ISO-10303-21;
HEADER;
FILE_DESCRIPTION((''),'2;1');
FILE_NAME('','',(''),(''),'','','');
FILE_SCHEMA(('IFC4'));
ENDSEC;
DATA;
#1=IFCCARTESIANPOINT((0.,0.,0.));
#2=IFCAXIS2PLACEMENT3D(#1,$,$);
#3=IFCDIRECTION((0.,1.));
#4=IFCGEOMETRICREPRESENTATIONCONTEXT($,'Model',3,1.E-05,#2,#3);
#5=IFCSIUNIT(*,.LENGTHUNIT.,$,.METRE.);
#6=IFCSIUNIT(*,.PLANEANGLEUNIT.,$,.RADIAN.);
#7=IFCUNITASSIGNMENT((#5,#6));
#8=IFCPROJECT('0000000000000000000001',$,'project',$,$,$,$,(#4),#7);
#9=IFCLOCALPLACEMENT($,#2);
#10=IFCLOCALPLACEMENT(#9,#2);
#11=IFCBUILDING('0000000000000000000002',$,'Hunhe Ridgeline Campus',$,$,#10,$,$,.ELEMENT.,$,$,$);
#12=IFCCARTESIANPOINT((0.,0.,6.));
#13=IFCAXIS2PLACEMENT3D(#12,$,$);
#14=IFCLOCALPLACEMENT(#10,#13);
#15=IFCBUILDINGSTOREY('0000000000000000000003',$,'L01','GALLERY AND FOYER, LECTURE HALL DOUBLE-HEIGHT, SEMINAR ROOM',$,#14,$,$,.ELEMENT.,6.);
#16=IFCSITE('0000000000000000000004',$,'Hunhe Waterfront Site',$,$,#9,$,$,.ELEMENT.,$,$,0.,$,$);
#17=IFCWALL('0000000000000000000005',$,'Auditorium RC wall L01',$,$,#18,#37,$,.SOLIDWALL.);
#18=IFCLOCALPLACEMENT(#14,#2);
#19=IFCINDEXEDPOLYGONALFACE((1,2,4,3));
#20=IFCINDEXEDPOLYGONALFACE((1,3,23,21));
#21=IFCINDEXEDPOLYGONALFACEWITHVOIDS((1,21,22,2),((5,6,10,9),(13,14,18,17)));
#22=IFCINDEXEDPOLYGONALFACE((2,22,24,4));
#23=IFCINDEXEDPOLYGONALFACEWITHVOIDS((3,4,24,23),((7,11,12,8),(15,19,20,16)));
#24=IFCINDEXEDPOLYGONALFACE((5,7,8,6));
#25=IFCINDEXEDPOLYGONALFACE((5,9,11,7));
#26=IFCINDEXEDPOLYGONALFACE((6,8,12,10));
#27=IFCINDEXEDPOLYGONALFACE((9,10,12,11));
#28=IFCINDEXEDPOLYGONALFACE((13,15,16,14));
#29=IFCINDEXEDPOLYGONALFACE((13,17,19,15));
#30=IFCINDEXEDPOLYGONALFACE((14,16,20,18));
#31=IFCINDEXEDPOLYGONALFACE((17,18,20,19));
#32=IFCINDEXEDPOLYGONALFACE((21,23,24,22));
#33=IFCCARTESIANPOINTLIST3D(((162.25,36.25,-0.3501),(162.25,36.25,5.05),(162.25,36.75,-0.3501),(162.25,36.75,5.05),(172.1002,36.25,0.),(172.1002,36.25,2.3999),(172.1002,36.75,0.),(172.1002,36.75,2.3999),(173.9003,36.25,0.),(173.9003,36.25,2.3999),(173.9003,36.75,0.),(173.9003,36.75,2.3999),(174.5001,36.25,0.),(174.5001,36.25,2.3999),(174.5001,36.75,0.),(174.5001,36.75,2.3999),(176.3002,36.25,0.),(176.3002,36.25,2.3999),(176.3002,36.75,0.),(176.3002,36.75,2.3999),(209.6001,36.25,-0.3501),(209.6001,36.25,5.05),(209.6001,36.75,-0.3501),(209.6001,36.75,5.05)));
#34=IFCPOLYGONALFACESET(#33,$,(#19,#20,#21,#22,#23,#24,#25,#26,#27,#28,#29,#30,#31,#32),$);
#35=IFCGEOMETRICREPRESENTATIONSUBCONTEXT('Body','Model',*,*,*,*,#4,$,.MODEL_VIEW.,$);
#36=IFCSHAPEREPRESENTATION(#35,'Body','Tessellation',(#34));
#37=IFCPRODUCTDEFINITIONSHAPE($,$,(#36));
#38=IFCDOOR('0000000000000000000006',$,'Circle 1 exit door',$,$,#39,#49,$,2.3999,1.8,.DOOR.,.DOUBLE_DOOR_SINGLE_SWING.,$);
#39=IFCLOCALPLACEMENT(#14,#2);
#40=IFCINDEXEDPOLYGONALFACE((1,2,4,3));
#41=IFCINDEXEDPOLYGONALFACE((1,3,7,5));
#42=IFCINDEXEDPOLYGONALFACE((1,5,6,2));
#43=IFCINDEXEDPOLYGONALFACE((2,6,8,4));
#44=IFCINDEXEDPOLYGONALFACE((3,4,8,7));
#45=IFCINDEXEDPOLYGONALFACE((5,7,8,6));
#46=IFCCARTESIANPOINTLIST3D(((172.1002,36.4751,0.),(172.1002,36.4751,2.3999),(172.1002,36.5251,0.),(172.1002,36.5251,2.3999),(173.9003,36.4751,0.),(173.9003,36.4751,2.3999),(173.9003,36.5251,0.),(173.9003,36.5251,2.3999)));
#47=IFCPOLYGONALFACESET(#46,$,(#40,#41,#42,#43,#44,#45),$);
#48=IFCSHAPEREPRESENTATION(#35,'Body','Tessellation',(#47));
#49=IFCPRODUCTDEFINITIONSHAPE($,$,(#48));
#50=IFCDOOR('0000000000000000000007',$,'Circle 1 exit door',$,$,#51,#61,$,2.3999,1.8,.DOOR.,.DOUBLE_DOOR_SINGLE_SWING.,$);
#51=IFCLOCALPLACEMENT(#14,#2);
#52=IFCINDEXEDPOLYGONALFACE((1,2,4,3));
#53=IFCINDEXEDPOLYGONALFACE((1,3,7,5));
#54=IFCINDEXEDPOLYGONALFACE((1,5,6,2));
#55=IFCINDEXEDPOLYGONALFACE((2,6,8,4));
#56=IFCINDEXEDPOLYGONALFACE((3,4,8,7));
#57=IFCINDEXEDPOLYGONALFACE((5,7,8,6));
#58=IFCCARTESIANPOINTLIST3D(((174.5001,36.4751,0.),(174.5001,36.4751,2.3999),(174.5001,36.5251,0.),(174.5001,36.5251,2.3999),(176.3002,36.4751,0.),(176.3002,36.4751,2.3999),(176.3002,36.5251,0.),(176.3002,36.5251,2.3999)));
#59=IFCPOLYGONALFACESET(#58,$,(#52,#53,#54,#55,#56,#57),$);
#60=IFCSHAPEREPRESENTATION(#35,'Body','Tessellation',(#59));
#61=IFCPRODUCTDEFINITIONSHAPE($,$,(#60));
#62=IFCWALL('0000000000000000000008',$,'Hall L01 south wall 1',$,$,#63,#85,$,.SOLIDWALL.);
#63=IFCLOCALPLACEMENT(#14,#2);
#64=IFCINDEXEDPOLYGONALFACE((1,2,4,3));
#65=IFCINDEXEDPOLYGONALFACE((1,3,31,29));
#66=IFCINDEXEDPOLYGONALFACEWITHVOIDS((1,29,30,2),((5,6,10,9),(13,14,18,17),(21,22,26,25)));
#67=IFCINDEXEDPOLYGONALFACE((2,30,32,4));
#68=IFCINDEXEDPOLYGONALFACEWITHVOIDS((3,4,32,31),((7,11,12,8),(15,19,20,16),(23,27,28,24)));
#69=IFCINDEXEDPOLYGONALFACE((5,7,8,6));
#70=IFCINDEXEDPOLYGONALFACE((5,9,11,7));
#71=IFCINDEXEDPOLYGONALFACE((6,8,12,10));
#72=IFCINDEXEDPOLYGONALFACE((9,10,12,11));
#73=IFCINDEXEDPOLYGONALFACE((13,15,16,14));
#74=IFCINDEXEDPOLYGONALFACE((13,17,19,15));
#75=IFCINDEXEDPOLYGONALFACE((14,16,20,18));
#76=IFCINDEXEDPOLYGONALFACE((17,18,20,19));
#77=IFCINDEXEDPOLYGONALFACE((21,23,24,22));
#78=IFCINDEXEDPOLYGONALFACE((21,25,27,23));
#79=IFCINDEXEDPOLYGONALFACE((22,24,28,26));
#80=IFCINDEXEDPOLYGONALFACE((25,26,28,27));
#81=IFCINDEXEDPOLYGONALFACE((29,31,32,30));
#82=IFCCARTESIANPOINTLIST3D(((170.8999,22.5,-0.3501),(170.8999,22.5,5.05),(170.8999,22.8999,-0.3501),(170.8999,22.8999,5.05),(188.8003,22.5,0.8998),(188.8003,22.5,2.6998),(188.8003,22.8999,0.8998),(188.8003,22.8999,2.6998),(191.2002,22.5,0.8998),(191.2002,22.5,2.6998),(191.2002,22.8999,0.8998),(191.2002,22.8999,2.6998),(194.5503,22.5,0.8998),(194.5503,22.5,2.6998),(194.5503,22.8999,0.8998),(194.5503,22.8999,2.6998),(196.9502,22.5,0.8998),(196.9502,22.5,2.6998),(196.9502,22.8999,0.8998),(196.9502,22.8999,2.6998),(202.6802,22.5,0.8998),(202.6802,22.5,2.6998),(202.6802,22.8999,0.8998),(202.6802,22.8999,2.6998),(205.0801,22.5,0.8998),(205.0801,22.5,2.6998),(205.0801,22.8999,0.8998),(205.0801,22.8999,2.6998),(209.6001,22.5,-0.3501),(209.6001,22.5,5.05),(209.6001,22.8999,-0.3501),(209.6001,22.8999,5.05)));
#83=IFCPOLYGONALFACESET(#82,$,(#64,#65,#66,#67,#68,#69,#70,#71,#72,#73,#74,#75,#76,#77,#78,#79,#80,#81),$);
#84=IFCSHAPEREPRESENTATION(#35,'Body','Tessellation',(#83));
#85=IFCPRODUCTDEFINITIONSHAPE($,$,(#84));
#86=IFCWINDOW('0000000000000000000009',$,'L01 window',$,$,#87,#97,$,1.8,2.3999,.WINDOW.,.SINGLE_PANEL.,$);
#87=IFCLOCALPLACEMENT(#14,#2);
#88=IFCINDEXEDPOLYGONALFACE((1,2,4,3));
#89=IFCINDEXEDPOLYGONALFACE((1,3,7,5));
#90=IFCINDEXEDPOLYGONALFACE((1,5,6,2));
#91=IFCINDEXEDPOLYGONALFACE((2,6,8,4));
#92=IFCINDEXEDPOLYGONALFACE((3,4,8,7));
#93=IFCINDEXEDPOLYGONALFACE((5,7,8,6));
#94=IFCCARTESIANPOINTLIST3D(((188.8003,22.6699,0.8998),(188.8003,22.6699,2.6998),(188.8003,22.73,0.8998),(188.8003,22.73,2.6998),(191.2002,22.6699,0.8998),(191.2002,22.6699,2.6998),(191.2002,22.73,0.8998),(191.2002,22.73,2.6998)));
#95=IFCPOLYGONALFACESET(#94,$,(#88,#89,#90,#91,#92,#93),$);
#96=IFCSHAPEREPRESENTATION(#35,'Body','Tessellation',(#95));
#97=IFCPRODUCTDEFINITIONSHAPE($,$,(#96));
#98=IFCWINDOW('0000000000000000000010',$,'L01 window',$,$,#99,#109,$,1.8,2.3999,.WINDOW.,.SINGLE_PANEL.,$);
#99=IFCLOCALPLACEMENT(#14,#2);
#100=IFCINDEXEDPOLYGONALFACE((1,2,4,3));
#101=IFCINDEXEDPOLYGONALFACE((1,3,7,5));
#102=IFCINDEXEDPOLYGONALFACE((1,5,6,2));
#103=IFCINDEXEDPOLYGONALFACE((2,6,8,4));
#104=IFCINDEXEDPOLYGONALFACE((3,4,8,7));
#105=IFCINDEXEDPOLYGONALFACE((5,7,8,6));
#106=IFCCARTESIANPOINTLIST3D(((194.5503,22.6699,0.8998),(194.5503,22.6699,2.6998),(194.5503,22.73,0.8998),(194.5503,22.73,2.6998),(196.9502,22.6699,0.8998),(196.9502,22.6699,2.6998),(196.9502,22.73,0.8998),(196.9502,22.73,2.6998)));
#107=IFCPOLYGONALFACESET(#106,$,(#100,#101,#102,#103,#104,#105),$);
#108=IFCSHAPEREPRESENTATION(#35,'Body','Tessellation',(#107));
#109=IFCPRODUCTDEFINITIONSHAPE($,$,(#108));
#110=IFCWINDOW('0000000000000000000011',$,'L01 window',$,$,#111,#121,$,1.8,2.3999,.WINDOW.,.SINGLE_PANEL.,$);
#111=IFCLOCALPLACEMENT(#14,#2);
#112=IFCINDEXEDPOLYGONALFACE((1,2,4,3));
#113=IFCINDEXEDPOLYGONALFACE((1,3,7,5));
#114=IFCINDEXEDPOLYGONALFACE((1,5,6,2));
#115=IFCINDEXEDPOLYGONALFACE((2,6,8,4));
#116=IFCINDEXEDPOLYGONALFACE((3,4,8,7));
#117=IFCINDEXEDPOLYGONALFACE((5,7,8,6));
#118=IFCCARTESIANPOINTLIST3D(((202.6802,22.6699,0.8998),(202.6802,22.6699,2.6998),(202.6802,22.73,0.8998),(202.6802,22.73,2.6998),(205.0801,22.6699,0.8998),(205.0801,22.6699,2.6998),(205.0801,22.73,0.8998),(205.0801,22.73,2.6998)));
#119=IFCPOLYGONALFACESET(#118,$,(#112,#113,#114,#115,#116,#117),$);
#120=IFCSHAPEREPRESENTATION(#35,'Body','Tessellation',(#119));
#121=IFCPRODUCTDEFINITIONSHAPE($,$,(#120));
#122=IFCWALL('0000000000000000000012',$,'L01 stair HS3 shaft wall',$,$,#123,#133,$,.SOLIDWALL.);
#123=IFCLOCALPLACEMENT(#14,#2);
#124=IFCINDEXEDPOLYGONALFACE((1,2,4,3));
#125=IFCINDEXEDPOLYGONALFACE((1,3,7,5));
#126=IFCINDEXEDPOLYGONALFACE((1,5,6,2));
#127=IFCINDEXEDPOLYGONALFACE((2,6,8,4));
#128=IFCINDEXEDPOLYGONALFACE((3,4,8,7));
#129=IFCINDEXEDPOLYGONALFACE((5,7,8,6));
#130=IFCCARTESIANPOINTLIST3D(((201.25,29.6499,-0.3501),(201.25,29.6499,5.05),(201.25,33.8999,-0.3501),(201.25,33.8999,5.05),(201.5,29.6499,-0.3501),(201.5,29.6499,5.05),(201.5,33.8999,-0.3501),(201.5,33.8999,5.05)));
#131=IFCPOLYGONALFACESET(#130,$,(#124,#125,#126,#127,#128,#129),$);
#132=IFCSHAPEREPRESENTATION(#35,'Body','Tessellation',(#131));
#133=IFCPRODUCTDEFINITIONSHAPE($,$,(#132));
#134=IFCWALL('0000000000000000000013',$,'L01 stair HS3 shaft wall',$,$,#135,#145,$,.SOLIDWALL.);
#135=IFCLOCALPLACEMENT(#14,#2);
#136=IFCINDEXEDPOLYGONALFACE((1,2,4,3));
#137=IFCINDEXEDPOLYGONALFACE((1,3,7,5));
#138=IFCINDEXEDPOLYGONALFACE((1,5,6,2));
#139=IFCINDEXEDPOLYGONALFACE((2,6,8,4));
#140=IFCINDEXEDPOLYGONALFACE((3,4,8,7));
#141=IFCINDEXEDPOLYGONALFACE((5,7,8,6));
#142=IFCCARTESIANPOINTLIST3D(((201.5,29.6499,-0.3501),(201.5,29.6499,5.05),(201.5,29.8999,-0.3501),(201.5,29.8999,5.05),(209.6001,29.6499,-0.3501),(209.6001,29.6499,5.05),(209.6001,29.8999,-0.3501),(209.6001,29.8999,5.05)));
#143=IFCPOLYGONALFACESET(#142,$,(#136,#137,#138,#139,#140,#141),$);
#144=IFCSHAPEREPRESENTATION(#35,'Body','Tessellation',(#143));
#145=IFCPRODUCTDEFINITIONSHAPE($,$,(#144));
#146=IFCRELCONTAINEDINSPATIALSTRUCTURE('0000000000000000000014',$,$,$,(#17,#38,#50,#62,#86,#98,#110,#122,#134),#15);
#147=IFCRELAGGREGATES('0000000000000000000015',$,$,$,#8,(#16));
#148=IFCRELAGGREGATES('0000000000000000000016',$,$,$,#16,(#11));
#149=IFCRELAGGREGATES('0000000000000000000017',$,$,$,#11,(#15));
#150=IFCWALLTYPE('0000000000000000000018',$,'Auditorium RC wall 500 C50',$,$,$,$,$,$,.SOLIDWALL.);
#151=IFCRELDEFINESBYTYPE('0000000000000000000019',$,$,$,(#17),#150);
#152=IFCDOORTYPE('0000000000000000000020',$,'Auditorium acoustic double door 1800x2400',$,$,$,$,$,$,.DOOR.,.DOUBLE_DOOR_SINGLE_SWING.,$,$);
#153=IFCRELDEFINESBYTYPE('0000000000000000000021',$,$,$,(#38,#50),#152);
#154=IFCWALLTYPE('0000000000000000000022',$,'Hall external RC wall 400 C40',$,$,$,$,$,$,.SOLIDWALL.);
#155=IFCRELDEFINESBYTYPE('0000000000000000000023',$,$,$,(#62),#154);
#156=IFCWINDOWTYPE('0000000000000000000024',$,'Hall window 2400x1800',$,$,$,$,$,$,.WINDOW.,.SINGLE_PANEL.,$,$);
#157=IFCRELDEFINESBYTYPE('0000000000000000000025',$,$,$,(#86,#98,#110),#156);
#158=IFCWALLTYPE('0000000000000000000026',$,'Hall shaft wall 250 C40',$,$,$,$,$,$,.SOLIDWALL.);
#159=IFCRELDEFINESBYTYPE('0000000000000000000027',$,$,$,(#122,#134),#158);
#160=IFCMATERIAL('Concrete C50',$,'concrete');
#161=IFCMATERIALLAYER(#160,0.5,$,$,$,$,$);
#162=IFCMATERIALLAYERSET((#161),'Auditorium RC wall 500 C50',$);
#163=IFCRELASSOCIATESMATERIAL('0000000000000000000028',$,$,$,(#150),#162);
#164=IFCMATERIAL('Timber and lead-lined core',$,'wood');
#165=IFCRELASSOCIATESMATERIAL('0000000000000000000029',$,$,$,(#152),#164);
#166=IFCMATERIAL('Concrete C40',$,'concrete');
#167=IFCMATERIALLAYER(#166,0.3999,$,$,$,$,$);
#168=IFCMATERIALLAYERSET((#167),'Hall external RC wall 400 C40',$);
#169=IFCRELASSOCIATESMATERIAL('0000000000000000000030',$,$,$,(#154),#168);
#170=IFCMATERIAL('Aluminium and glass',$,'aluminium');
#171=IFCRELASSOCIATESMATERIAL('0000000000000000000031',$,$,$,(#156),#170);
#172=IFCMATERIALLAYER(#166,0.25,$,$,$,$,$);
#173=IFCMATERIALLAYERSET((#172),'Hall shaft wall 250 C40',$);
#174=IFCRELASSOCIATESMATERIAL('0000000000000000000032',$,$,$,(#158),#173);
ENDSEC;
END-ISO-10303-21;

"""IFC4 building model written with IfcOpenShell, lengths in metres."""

from ifc_helpers import new_model, si_unit, direction, frame, frame_2d, origin, place, context, subcontext, project, spatial, rectangle, extrude, material, layer, layer_set, type_object, element, fill, save


model = new_model("IFC4")

# Units and contexts
model_context = context("Model", 3, precision=1e-05, world=origin(), true_north=direction((0.0, 1.0)))
body_context = subcontext(model_context, "Body", "Model", "MODEL_VIEW")
ifc_project = project(units=[si_unit("LENGTHUNIT", "METRE"), si_unit("PLANEANGLEUNIT", "RADIAN")], contexts=[model_context])

# Site, building, storey
site_placement = place(None, origin())
site = spatial("IfcSite", under=ifc_project, at=site_placement, Name="Hunhe Waterfront Site", CompositionType="ELEMENT", RefElevation=0.0)
building_placement = place(site_placement, origin())
building = spatial("IfcBuilding", under=site, at=building_placement, Name="Hunhe Ridgeline Campus", CompositionType="ELEMENT")
storey_placement = place(building_placement, frame((0.0, 0.0, 6.0)))
storey = spatial("IfcBuildingStorey", under=building, at=storey_placement, Name="L01", Description="GALLERY AND FOYER, LECTURE HALL DOUBLE-HEIGHT, SEMINAR ROOM", CompositionType="ELEMENT", Elevation=6.0)

# Wall, openings, doors
ifc_material_1 = material(Name="Concrete C50", Category="concrete")
ifc_layer_1 = layer(ifc_material_1, 0.5)
ifc_layer_set_1 = layer_set([ifc_layer_1], Name="Auditorium RC wall 500 C50")
wall_type_1 = type_object("IfcWallType", Name="Auditorium RC wall 500 C50", PredefinedType="SOLIDWALL", material=ifc_layer_set_1)
wall_1_placement = place(storey_placement, frame((209.6001, 36.5, -0.3501), z_axis=(0.0, 0.0, 1.0), x_axis=(-1.0, 0.0, 0.0)))
wall_1 = element("IfcWall", 1, at=wall_1_placement, inside=storey, type_object=wall_type_1, Name="Auditorium RC wall L01", PredefinedType="SOLIDWALL", context=body_context, shape_type="SweptSolid", body=[
    extrude(rectangle(XDim=47.3501, YDim=0.5, at=frame_2d((23.675, 0.0))), origin(), (0.0, 0.0, 1.0), 5.4001),
])
opening_1_placement = place(wall_1_placement, frame((35.7, 0.0, 0.3501)))
opening_1 = element("IfcOpeningElement", 2, at=opening_1_placement, cuts=wall_1, PredefinedType="OPENING", context=body_context, shape_type="SweptSolid", body=[
    extrude(rectangle(XDim=1.8, YDim=2.3999, at=frame_2d((0.8999, 1.2))), frame((0.0, 0.25, 0.0), z_axis=(0.0, -1.0, 0.0), x_axis=(1.0, 0.0, 0.0)), (0.0, 0.0, 1.0), 0.5),
])
opening_2_placement = place(wall_1_placement, frame((33.3, 0.0, 0.3501)))
opening_2 = element("IfcOpeningElement", 3, at=opening_2_placement, cuts=wall_1, PredefinedType="OPENING", context=body_context, shape_type="SweptSolid", body=[
    extrude(rectangle(XDim=1.8, YDim=2.3999, at=frame_2d((0.8999, 1.2))), frame((0.0, 0.25, 0.0), z_axis=(0.0, -1.0, 0.0), x_axis=(1.0, 0.0, 0.0)), (0.0, 0.0, 1.0), 0.5),
])
ifc_material_2 = material(Name="Timber and lead-lined core", Category="wood")
door_type_1 = type_object("IfcDoorType", Name="Auditorium acoustic double door 1800x2400", OperationType="DOUBLE_DOOR_SINGLE_SWING", PredefinedType="DOOR", material=ifc_material_2)
door_1_placement = place(opening_1_placement, origin())
door_1 = element("IfcDoor", 4, at=door_1_placement, inside=storey, type_object=door_type_1, Name="Circle 1 exit door", OperationType="DOUBLE_DOOR_SINGLE_SWING", OverallHeight=2.3999, OverallWidth=1.8, PredefinedType="DOOR", context=body_context, shape_type="SweptSolid", body=[
    extrude(rectangle(XDim=1.8, YDim=2.3999, at=frame_2d((0.8999, 1.2))), frame((0.0, 0.0249, 0.0), z_axis=(0.0, -1.0, 0.0), x_axis=(1.0, 0.0, 0.0)), (0.0, 0.0, 1.0), 0.05),
])
fill(opening_1, door_1)
door_2_placement = place(opening_2_placement, origin())
door_2 = element("IfcDoor", 5, at=door_2_placement, inside=storey, type_object=door_type_1, Name="Circle 1 exit door", OperationType="DOUBLE_DOOR_SINGLE_SWING", OverallHeight=2.3999, OverallWidth=1.8, PredefinedType="DOOR", context=body_context, shape_type="SweptSolid", body=[
    extrude(rectangle(XDim=1.8, YDim=2.3999, at=frame_2d((0.8999, 1.2))), frame((0.0, 0.0249, 0.0), z_axis=(0.0, -1.0, 0.0), x_axis=(1.0, 0.0, 0.0)), (0.0, 0.0, 1.0), 0.05),
])
fill(opening_2, door_2)

# Wall, openings, windows
ifc_material_3 = material(Name="Concrete C40", Category="concrete")
ifc_layer_2 = layer(ifc_material_3, 0.3999)
ifc_layer_set_2 = layer_set([ifc_layer_2], Name="Hall external RC wall 400 C40")
wall_type_2 = type_object("IfcWallType", Name="Hall external RC wall 400 C40", PredefinedType="SOLIDWALL", material=ifc_layer_set_2)
wall_2_placement = place(storey_placement, frame((209.6001, 22.7, -0.3501), z_axis=(0.0, 0.0, 1.0), x_axis=(-1.0, 0.0, 0.0)))
wall_2 = element("IfcWall", 6, at=wall_2_placement, inside=storey, type_object=wall_type_2, Name="Hall L01 south wall 1", PredefinedType="SOLIDWALL", context=body_context, shape_type="SweptSolid", body=[
    extrude(rectangle(XDim=38.7002, YDim=0.3999, at=frame_2d((19.3501, 0.0))), origin(), (0.0, 0.0, 1.0), 5.4001),
])
opening_3_placement = place(wall_2_placement, frame((18.3999, 0.0, 1.25)))
opening_3 = element("IfcOpeningElement", 7, at=opening_3_placement, cuts=wall_2, PredefinedType="OPENING", context=body_context, shape_type="SweptSolid", body=[
    extrude(rectangle(XDim=2.3999, YDim=1.8, at=frame_2d((1.2, 0.8999))), frame((0.0, 0.2, 0.0), z_axis=(0.0, -1.0, 0.0), x_axis=(1.0, 0.0, 0.0)), (0.0, 0.0, 1.0), 0.3999),
])
opening_4_placement = place(wall_2_placement, frame((12.6499, 0.0, 1.25)))
opening_4 = element("IfcOpeningElement", 8, at=opening_4_placement, cuts=wall_2, PredefinedType="OPENING", context=body_context, shape_type="SweptSolid", body=[
    extrude(rectangle(XDim=2.3999, YDim=1.8, at=frame_2d((1.2, 0.8999))), frame((0.0, 0.2, 0.0), z_axis=(0.0, -1.0, 0.0), x_axis=(1.0, 0.0, 0.0)), (0.0, 0.0, 1.0), 0.3999),
])
opening_5_placement = place(wall_2_placement, frame((4.52, 0.0, 1.25)))
opening_5 = element("IfcOpeningElement", 9, at=opening_5_placement, cuts=wall_2, PredefinedType="OPENING", context=body_context, shape_type="SweptSolid", body=[
    extrude(rectangle(XDim=2.3999, YDim=1.8, at=frame_2d((1.2, 0.8999))), frame((0.0, 0.2, 0.0), z_axis=(0.0, -1.0, 0.0), x_axis=(1.0, 0.0, 0.0)), (0.0, 0.0, 1.0), 0.3999),
])
ifc_material_4 = material(Name="Aluminium and glass", Category="aluminium")
window_type = type_object("IfcWindowType", Name="Hall window 2400x1800", PartitioningType="SINGLE_PANEL", PredefinedType="WINDOW", material=ifc_material_4)
window_1_placement = place(opening_3_placement, origin())
window_1 = element("IfcWindow", 10, at=window_1_placement, inside=storey, type_object=window_type, Name="L01 window", OverallHeight=1.8, OverallWidth=2.3999, PartitioningType="SINGLE_PANEL", PredefinedType="WINDOW", context=body_context, shape_type="SweptSolid", body=[
    extrude(rectangle(XDim=2.3999, YDim=1.8, at=frame_2d((1.2, 0.8999))), frame((0.0, 0.03, 0.0), z_axis=(0.0, -1.0, 0.0), x_axis=(1.0, 0.0, 0.0)), (0.0, 0.0, 1.0), 0.0601),
])
fill(opening_3, window_1)
window_2_placement = place(opening_4_placement, origin())
window_2 = element("IfcWindow", 11, at=window_2_placement, inside=storey, type_object=window_type, Name="L01 window", OverallHeight=1.8, OverallWidth=2.3999, PartitioningType="SINGLE_PANEL", PredefinedType="WINDOW", context=body_context, shape_type="SweptSolid", body=[
    extrude(rectangle(XDim=2.3999, YDim=1.8, at=frame_2d((1.2, 0.8999))), frame((0.0, 0.03, 0.0), z_axis=(0.0, -1.0, 0.0), x_axis=(1.0, 0.0, 0.0)), (0.0, 0.0, 1.0), 0.0601),
])
fill(opening_4, window_2)
window_3_placement = place(opening_5_placement, origin())
window_3 = element("IfcWindow", 12, at=window_3_placement, inside=storey, type_object=window_type, Name="L01 window", OverallHeight=1.8, OverallWidth=2.3999, PartitioningType="SINGLE_PANEL", PredefinedType="WINDOW", context=body_context, shape_type="SweptSolid", body=[
    extrude(rectangle(XDim=2.3999, YDim=1.8, at=frame_2d((1.2, 0.8999))), frame((0.0, 0.03, 0.0), z_axis=(0.0, -1.0, 0.0), x_axis=(1.0, 0.0, 0.0)), (0.0, 0.0, 1.0), 0.0601),
])
fill(opening_5, window_3)

# Walls
ifc_layer_3 = layer(ifc_material_3, 0.25)
ifc_layer_set_3 = layer_set([ifc_layer_3], Name="Hall shaft wall 250 C40")
wall_type_3 = type_object("IfcWallType", Name="Hall shaft wall 250 C40", PredefinedType="SOLIDWALL", material=ifc_layer_set_3)
wall_3_placement = place(storey_placement, frame((201.375, 29.6499, -0.3501), z_axis=(0.0, 0.0, 1.0), x_axis=(0.0, 1.0, 0.0)))
element("IfcWall", 13, at=wall_3_placement, inside=storey, type_object=wall_type_3, Name="L01 stair HS3 shaft wall", PredefinedType="SOLIDWALL", context=body_context, shape_type="SweptSolid", body=[
    extrude(rectangle(XDim=4.25, YDim=0.25, at=frame_2d((2.125, 0.0))), origin(), (0.0, 0.0, 1.0), 5.4001),
])
wall_4_placement = place(storey_placement, frame((209.6001, 29.7749, -0.3501), z_axis=(0.0, 0.0, 1.0), x_axis=(-1.0, 0.0, 0.0)))
element("IfcWall", 14, at=wall_4_placement, inside=storey, type_object=wall_type_3, Name="L01 stair HS3 shaft wall", PredefinedType="SOLIDWALL", context=body_context, shape_type="SweptSolid", body=[
    extrude(rectangle(XDim=8.1001, YDim=0.25, at=frame_2d((4.05, 0.0))), origin(), (0.0, 0.0, 1.0), 5.4001),
])

save(model, "model.ifc")
